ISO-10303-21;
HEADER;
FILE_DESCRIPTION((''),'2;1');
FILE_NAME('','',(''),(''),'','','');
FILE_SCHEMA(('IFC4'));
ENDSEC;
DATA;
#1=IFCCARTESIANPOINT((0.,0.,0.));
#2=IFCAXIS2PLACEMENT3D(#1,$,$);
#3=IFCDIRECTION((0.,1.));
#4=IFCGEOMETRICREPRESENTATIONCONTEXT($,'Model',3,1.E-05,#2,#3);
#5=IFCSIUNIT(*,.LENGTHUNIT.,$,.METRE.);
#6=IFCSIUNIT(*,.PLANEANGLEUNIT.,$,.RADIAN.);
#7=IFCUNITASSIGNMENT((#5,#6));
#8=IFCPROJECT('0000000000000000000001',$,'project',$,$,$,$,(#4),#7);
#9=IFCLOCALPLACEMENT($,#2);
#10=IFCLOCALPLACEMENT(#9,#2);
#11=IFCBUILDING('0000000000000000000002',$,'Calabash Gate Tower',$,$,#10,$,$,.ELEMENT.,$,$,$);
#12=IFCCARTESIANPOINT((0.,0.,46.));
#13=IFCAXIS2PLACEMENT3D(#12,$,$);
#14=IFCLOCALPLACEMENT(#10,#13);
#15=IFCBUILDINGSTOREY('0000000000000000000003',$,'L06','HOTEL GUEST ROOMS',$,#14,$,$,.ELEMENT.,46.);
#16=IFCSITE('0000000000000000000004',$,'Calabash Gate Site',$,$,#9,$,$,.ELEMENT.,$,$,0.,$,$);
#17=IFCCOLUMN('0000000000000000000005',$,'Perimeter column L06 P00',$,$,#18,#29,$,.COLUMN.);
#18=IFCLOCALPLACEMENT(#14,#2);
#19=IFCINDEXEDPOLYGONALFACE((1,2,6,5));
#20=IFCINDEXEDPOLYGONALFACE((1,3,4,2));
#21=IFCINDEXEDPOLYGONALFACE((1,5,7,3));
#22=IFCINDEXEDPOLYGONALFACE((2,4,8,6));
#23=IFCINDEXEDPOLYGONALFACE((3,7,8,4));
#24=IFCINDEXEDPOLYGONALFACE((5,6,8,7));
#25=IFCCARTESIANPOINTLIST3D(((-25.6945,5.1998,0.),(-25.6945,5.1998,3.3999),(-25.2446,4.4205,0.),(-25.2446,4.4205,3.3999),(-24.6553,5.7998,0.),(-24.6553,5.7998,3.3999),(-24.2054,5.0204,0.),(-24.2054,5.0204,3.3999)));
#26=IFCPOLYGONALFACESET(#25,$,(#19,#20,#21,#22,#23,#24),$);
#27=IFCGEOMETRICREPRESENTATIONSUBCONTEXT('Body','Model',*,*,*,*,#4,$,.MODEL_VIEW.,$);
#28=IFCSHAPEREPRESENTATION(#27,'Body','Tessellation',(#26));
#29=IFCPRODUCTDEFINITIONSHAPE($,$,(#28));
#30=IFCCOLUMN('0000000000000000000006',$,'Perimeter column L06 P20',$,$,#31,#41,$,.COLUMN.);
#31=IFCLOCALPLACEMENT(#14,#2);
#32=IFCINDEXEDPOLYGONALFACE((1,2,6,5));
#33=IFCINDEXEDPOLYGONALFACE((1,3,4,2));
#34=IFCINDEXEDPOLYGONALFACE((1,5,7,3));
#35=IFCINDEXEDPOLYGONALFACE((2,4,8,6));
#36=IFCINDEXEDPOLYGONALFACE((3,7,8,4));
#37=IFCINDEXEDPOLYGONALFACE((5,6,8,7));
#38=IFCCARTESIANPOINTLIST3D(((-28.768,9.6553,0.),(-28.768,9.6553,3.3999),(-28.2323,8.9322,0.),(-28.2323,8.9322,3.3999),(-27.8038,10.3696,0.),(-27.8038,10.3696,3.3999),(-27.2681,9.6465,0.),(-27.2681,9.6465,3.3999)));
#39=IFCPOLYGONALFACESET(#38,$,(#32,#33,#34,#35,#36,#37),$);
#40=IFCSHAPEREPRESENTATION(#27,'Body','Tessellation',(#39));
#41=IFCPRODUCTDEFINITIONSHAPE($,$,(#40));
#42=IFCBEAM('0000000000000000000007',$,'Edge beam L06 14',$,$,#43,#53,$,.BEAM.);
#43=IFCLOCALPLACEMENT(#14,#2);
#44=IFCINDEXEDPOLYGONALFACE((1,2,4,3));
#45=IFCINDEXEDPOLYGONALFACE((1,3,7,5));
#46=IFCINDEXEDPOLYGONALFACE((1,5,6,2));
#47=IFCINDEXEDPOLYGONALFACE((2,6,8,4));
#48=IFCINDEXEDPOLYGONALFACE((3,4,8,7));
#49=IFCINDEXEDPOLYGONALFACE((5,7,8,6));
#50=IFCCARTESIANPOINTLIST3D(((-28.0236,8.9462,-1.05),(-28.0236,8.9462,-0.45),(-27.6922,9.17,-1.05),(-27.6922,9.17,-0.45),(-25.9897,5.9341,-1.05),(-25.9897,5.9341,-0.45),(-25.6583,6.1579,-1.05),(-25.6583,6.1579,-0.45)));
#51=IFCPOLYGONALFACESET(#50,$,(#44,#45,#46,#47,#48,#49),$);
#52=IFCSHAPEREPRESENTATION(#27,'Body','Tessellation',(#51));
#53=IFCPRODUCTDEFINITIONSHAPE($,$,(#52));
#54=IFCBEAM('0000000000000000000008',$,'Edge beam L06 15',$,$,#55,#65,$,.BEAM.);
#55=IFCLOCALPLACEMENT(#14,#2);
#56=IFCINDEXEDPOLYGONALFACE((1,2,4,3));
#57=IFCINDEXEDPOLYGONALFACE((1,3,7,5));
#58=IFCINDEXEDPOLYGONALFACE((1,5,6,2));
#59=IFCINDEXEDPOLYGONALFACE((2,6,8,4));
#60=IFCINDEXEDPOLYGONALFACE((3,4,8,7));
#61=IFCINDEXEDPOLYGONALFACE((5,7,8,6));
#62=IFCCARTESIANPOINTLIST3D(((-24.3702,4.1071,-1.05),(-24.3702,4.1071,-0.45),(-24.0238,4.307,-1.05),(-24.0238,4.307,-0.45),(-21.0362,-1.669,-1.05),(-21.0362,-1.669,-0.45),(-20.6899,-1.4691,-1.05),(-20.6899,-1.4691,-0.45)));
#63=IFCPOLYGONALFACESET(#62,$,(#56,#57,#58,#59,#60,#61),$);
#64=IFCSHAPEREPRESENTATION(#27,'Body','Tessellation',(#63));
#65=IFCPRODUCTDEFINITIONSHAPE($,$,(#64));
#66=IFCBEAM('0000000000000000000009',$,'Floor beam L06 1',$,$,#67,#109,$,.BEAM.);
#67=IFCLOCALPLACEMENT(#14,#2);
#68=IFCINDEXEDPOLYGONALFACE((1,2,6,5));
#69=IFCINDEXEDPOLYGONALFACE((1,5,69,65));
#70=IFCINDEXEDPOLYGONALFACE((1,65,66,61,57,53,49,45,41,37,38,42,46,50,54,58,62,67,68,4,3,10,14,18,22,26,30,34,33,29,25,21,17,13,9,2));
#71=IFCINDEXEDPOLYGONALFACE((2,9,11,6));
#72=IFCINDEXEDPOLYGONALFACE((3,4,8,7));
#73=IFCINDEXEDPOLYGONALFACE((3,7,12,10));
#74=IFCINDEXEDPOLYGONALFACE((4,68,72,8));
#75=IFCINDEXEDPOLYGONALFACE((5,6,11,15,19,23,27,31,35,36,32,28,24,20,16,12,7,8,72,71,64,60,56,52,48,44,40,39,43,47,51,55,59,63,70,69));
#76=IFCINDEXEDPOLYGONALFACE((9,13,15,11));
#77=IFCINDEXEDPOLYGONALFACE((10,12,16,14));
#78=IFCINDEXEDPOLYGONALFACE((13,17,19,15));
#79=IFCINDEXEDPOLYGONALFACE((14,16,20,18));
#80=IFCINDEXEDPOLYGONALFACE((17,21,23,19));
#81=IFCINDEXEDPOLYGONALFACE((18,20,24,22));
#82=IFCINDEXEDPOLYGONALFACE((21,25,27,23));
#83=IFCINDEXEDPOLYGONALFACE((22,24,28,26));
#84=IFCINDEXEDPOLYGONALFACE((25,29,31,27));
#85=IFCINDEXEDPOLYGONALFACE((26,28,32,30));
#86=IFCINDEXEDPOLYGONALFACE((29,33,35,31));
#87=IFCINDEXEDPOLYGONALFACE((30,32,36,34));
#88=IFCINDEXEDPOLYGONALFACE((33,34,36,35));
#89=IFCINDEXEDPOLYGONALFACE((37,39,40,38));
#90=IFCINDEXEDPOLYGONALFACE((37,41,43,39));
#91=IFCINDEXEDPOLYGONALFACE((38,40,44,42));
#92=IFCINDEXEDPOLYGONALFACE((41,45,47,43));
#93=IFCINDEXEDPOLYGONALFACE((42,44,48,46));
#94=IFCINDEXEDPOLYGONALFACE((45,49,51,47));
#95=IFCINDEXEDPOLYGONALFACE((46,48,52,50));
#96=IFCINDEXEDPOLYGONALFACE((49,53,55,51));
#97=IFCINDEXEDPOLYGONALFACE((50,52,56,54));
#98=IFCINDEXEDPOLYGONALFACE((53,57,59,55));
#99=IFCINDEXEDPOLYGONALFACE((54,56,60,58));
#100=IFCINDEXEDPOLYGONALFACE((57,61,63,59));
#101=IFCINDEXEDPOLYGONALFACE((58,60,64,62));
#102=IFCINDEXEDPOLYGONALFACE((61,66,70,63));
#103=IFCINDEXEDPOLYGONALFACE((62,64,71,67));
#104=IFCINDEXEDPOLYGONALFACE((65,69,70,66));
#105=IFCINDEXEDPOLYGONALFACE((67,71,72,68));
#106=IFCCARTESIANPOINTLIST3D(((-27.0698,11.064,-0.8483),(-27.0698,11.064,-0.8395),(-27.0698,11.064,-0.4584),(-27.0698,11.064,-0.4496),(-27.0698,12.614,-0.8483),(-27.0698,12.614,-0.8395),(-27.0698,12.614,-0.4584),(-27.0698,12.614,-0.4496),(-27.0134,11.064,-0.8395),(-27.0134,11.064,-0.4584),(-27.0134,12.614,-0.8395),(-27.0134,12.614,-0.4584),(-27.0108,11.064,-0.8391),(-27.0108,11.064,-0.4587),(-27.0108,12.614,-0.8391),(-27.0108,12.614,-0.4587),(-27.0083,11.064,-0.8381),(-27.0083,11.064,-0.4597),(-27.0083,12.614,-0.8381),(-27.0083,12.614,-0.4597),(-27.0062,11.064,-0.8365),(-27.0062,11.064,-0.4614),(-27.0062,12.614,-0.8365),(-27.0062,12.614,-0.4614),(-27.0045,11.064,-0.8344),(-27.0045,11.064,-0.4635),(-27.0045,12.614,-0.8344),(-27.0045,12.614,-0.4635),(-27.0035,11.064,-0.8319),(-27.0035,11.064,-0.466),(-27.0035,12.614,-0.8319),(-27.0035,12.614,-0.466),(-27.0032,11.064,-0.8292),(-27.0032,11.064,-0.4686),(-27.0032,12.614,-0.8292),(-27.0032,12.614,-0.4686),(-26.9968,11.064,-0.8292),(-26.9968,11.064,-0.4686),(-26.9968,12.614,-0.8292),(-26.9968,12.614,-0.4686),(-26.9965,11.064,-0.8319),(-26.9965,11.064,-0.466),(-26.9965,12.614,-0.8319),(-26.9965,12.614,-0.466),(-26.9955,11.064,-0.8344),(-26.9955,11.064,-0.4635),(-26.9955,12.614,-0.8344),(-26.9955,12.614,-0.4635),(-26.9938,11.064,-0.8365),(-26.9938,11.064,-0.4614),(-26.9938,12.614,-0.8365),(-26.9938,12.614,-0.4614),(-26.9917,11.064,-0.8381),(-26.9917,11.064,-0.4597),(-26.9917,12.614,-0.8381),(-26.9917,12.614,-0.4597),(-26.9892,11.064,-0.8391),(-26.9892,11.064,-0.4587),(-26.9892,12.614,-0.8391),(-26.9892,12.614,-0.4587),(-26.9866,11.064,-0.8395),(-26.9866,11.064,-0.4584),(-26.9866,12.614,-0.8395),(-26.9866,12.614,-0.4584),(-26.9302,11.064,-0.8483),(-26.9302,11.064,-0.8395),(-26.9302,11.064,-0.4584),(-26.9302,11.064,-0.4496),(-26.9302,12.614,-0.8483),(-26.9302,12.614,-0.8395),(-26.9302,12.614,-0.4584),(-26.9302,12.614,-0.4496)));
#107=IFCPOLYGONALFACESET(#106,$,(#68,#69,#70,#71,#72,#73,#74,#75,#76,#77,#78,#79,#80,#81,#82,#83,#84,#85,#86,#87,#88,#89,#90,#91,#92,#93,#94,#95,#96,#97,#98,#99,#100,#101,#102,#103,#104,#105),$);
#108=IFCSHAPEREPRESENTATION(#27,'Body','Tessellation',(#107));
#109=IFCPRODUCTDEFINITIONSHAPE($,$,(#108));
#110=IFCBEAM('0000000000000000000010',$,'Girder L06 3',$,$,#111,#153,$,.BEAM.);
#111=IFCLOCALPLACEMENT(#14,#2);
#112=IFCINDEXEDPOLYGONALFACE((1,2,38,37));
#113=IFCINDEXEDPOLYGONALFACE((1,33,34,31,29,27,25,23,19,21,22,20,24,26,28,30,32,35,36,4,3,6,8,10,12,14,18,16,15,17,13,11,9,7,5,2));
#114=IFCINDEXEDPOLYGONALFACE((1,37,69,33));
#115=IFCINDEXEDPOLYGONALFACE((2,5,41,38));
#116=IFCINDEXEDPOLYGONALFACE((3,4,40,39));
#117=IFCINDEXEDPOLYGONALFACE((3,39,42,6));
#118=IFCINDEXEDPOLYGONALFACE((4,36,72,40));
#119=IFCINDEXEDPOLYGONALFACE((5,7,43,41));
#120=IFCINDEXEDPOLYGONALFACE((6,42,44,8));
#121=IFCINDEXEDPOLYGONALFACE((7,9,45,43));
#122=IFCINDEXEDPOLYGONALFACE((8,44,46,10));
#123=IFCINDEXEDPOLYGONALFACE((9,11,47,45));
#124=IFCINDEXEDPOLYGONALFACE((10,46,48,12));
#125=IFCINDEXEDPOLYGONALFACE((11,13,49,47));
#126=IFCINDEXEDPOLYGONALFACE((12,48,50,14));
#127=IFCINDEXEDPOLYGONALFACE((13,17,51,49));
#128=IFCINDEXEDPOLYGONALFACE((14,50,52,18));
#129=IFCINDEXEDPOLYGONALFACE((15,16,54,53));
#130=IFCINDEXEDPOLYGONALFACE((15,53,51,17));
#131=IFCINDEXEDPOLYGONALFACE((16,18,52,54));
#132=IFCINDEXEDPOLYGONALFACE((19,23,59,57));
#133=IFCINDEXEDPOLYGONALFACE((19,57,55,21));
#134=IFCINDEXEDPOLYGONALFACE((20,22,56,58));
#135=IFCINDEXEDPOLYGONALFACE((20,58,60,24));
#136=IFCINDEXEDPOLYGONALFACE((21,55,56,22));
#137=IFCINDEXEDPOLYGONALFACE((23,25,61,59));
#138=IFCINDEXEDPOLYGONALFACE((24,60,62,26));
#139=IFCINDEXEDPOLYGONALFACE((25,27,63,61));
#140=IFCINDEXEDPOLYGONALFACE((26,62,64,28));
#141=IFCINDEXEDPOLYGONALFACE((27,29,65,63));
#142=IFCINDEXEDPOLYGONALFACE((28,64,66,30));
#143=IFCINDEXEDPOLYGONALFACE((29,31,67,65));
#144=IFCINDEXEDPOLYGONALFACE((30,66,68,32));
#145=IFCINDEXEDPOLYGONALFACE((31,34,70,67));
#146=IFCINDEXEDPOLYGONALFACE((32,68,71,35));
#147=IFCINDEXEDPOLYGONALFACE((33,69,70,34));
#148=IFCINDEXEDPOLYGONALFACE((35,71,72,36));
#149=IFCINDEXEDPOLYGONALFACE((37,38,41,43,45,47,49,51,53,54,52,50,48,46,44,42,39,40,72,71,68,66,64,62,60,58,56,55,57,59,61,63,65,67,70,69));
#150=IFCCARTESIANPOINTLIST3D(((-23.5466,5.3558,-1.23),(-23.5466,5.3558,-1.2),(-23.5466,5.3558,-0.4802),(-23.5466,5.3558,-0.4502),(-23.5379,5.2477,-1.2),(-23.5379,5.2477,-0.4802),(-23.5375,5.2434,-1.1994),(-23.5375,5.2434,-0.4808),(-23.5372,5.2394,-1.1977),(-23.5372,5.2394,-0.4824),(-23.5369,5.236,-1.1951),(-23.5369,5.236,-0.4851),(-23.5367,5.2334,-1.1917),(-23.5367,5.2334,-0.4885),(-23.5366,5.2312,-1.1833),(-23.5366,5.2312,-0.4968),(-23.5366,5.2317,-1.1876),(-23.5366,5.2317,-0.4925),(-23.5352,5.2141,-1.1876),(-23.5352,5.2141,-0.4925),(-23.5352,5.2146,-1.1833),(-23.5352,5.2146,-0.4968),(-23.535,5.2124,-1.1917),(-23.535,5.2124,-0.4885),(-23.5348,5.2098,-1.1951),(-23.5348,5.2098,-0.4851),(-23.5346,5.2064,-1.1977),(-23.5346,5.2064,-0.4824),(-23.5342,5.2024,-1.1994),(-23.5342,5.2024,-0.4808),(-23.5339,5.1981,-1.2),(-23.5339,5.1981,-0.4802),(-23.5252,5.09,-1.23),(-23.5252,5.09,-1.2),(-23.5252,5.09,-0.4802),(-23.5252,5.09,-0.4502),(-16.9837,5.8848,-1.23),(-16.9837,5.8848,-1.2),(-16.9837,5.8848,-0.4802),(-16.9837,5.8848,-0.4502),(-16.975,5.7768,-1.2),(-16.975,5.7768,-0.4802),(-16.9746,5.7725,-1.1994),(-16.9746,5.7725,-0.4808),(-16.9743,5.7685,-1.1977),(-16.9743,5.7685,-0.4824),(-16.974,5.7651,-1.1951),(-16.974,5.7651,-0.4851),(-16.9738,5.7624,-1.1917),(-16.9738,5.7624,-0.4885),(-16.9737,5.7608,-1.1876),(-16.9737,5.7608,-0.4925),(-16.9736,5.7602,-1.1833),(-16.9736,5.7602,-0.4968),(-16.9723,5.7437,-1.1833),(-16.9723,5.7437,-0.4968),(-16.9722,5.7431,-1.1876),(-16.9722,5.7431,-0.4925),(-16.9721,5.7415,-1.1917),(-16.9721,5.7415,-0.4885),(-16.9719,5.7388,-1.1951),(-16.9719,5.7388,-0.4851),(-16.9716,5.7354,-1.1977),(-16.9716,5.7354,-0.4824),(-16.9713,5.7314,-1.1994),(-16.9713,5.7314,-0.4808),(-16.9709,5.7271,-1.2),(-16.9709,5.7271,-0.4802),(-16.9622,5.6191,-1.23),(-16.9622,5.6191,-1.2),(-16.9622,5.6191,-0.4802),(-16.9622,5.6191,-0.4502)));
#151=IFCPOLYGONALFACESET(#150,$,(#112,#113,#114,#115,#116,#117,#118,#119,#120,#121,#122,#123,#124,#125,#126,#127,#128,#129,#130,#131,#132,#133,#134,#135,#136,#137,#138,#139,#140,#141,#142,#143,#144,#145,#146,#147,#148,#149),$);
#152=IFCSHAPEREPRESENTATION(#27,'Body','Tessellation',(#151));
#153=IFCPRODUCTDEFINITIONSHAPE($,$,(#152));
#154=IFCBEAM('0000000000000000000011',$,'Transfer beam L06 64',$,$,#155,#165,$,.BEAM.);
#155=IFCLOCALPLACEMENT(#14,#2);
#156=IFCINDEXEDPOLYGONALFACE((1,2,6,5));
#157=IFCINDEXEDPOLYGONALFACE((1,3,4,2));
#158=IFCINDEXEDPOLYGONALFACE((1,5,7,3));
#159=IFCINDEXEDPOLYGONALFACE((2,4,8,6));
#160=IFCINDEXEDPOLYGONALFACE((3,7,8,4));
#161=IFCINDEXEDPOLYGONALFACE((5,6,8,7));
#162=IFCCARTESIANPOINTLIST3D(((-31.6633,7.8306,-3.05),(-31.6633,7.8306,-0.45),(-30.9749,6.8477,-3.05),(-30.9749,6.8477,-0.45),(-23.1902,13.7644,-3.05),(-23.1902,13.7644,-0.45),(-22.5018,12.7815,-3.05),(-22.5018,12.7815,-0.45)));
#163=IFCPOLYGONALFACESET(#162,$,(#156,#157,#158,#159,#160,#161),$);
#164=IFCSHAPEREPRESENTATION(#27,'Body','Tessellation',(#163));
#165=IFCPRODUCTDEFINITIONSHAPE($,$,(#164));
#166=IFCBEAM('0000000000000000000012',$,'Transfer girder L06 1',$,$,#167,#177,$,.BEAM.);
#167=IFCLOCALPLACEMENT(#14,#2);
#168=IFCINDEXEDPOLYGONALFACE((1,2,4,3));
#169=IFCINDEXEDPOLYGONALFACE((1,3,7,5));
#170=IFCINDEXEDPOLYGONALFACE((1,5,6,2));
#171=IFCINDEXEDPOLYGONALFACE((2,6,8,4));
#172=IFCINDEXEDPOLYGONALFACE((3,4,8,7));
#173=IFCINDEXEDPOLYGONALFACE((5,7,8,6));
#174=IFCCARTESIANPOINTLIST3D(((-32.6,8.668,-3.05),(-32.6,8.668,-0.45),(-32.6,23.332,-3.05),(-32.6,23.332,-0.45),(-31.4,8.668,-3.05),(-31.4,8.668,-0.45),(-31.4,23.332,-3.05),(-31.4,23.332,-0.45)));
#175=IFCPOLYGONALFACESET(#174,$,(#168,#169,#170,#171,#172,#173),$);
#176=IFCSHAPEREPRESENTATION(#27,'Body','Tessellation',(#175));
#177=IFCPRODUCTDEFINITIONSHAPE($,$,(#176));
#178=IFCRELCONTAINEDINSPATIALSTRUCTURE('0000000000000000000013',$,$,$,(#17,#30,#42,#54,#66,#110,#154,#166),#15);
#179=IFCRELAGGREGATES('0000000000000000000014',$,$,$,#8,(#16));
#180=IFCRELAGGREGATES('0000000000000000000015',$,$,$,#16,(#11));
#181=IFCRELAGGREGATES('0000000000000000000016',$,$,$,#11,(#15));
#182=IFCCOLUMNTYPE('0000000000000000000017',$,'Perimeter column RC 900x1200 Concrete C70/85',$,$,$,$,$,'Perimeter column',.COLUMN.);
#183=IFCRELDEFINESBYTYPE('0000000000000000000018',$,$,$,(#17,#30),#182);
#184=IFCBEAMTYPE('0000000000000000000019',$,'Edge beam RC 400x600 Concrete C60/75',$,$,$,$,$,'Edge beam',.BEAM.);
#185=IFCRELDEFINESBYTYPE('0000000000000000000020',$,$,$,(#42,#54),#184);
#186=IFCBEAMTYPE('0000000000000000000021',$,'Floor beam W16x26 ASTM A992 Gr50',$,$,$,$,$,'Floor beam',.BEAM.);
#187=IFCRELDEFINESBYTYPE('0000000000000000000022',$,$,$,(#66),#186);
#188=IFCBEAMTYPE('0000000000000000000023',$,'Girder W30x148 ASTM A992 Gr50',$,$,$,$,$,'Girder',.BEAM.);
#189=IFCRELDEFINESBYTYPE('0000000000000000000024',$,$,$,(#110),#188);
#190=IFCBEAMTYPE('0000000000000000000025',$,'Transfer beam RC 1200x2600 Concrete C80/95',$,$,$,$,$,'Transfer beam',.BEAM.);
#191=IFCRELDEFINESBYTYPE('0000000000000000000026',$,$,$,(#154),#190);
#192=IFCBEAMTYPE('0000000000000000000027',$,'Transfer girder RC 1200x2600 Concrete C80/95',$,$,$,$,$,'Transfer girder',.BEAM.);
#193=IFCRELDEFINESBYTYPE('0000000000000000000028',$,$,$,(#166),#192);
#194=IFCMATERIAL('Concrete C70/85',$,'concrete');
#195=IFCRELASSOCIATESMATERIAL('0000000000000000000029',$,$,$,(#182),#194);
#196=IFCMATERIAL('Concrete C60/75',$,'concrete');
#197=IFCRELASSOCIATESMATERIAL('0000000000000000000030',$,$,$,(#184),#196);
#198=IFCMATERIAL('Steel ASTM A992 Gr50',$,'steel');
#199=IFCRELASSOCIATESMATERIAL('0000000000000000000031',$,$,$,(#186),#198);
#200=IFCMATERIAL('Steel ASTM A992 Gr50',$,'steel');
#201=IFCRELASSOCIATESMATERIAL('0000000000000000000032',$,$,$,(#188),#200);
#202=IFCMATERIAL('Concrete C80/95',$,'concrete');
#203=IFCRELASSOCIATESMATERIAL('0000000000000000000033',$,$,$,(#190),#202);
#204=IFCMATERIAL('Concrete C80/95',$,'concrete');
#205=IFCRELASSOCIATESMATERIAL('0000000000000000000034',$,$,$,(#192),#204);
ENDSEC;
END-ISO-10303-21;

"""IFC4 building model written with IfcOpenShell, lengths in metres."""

from ifc_helpers import new_model, si_unit, direction, frame, origin, origin_2d, place, context, subcontext, project, spatial, rectangle, i_section, extrude, material, material_profile, profile_set, type_object, element, save


model = new_model("IFC4")

# Units and contexts
model_context = context("Model", 3, precision=1e-05, world=origin(), true_north=direction((0.0, 1.0)))
body_context = subcontext(model_context, "Body", "Model", "MODEL_VIEW")
ifc_project = project(units=[si_unit("LENGTHUNIT", "METRE"), si_unit("PLANEANGLEUNIT", "RADIAN")], contexts=[model_context])

# Site, building, storey
site_placement = place(None, origin())
site = spatial("IfcSite", under=ifc_project, at=site_placement, Name="Calabash Gate Site", CompositionType="ELEMENT", RefElevation=0.0)
building_placement = place(site_placement, origin())
building = spatial("IfcBuilding", under=site, at=building_placement, Name="Calabash Gate Tower", CompositionType="ELEMENT")
storey_placement = place(building_placement, frame((0.0, 0.0, 46.0)))
storey = spatial("IfcBuildingStorey", under=building, at=storey_placement, Name="L06", Description="HOTEL GUEST ROOMS", CompositionType="ELEMENT", Elevation=46.0)

# Columns
ifc_material_1 = material(Name="Concrete C70/85", Category="concrete")
ifc_material_profile_1 = material_profile(ifc_material_1, rectangle(XDim=0.8999, YDim=1.2, at=origin_2d()))
ifc_profile_set_1 = profile_set([ifc_material_profile_1], Name="Concrete C70/85")
column_type = type_object("IfcColumnType", Name="Perimeter column RC 900x1200 Concrete C70/85", ElementType="Perimeter column", PredefinedType="COLUMN", material=ifc_profile_set_1)
for number, where, z_axis, x_axis, name in (
    (1, (-24.95, 5.1101, 0.0), (0.0, 0.0, 1.0), (0.5, -0.866025, 0.0), "Perimeter column L06 P00"),
    (2, (-28.0181, 9.6509, 0.0), (0.0, 0.0, 1.0), (0.595287, -0.803513, 0.0), "Perimeter column L06 P20"),
):
    element("IfcColumn", number, at=place(storey_placement, frame(where, z_axis=z_axis, x_axis=x_axis)), inside=storey, type_object=column_type, Name=name, PredefinedType="COLUMN", context=body_context, shape_type="SweptSolid", body=[
        extrude(rectangle(XDim=0.8999, YDim=1.2, at=origin_2d()), origin(), (0.0, 0.0, 1.0), 3.3999),
    ])

# Beams
ifc_material_2 = material(Name="Concrete C60/75", Category="concrete")
ifc_material_profile_2 = material_profile(ifc_material_2, rectangle(XDim=0.3999, YDim=0.6001, at=origin_2d()))
ifc_profile_set_2 = profile_set([ifc_material_profile_2], Name="Concrete C60/75")
beam_type_1 = type_object("IfcBeamType", Name="Edge beam RC 400x600 Concrete C60/75", ElementType="Edge beam", PredefinedType="BEAM", material=ifc_profile_set_2)
beam_1_placement = place(storey_placement, frame((-27.8579, 9.0581, -0.75), z_axis=(0.559604, -0.82876, 0.0), x_axis=(0.82876, 0.559604, 0.0)))
element("IfcBeam", 3, at=beam_1_placement, inside=storey, type_object=beam_type_1, Name="Edge beam L06 14", PredefinedType="BEAM", context=body_context, shape_type="SweptSolid", body=[
    extrude(rectangle(XDim=0.3999, YDim=0.6001, at=origin_2d()), origin(), (0.0, 0.0, 1.0), 3.6345),
])
beam_2_placement = place(storey_placement, frame((-24.197, 4.207, -0.75), z_axis=(0.499903, -0.866081, 0.0), x_axis=(0.866081, 0.499903, 0.0)))
element("IfcBeam", 4, at=beam_2_placement, inside=storey, type_object=beam_type_1, Name="Edge beam L06 15", PredefinedType="BEAM", context=body_context, shape_type="SweptSolid", body=[
    extrude(rectangle(XDim=0.3999, YDim=0.6001, at=origin_2d()), origin(), (0.0, 0.0, 1.0), 6.6692),
])
ifc_material_3 = material(Name="Steel ASTM A992 Gr50", Category="steel")
ifc_material_profile_3 = material_profile(ifc_material_3, i_section(OverallWidth=0.1396, OverallDepth=0.3987, WebThickness=0.0063, FlangeThickness=0.0088, FilletRadius=0.0103, at=origin_2d()))
ifc_profile_set_3 = profile_set([ifc_material_profile_3], Name="Steel ASTM A992 Gr50")
beam_type_2 = type_object("IfcBeamType", Name="Floor beam W16x26 ASTM A992 Gr50", ElementType="Floor beam", PredefinedType="BEAM", material=ifc_profile_set_3)
beam_3_placement = place(storey_placement, frame((-27.0, 11.064, -0.6489), z_axis=(0.0, 1.0, 0.0), x_axis=(-1.0, 0.0, 0.0)))
element("IfcBeam", 5, at=beam_3_placement, inside=storey, type_object=beam_type_2, Name="Floor beam L06 1", PredefinedType="BEAM", context=body_context, shape_type="SweptSolid", body=[
    extrude(i_section(OverallWidth=0.1396, OverallDepth=0.3987, WebThickness=0.0063, FlangeThickness=0.0088, FilletRadius=0.0103, at=origin_2d()), origin(), (0.0, 0.0, 1.0), 1.55),
])
ifc_material_4 = material(Name="Steel ASTM A992 Gr50", Category="steel")
ifc_material_profile_4 = material_profile(ifc_material_4, i_section(OverallWidth=0.2666, OverallDepth=0.7798, WebThickness=0.0166, FlangeThickness=0.03, FilletRadius=0.0166, at=origin_2d()))
ifc_profile_set_4 = profile_set([ifc_material_profile_4], Name="Steel ASTM A992 Gr50")
beam_type_3 = type_object("IfcBeamType", Name="Girder W30x148 ASTM A992 Gr50", ElementType="Girder", PredefinedType="BEAM", material=ifc_profile_set_4)
beam_4_placement = place(storey_placement, frame((-23.5359, 5.2229, -0.8401), z_axis=(0.996767, 0.080351, 0.0), x_axis=(-0.080351, 0.996767, 0.0)))
element("IfcBeam", 6, at=beam_4_placement, inside=storey, type_object=beam_type_3, Name="Girder L06 3", PredefinedType="BEAM", context=body_context, shape_type="SweptSolid", body=[
    extrude(i_section(OverallWidth=0.2666, OverallDepth=0.7798, WebThickness=0.0166, FlangeThickness=0.03, FilletRadius=0.0166, at=origin_2d()), origin(), (0.0, 0.0, 1.0), 6.5842),
])
ifc_material_5 = material(Name="Concrete C80/95", Category="concrete")
ifc_material_profile_5 = material_profile(ifc_material_5, rectangle(XDim=1.2, YDim=2.6001, at=origin_2d()))
ifc_profile_set_5 = profile_set([ifc_material_profile_5], Name="Concrete C80/95")
beam_type_4 = type_object("IfcBeamType", Name="Transfer beam RC 1200x2600 Concrete C80/95", ElementType="Transfer beam", PredefinedType="BEAM", material=ifc_profile_set_5)
beam_5_placement = place(storey_placement, frame((-31.3191, 7.3391, -1.75), z_axis=(0.819112, 0.573633, 0.0), x_axis=(-0.573633, 0.819112, 0.0)))
element("IfcBeam", 7, at=beam_5_placement, inside=storey, type_object=beam_type_4, Name="Transfer beam L06 64", PredefinedType="BEAM", context=body_context, shape_type="SweptSolid", body=[
    extrude(rectangle(XDim=1.2, YDim=2.6001, at=origin_2d()), origin(), (0.0, 0.0, 1.0), 10.3442),
])
ifc_material_6 = material(Name="Concrete C80/95", Category="concrete")
ifc_material_profile_6 = material_profile(ifc_material_6, rectangle(XDim=1.2, YDim=2.6001, at=origin_2d()))
ifc_profile_set_6 = profile_set([ifc_material_profile_6], Name="Concrete C80/95")
beam_type_5 = type_object("IfcBeamType", Name="Transfer girder RC 1200x2600 Concrete C80/95", ElementType="Transfer girder", PredefinedType="BEAM", material=ifc_profile_set_6)
beam_6_placement = place(storey_placement, frame((-32.0, 8.668, -1.75), z_axis=(0.0, 1.0, 0.0), x_axis=(-1.0, 0.0, 0.0)))
element("IfcBeam", 8, at=beam_6_placement, inside=storey, type_object=beam_type_5, Name="Transfer girder L06 1", PredefinedType="BEAM", context=body_context, shape_type="SweptSolid", body=[
    extrude(rectangle(XDim=1.2, YDim=2.6001, at=origin_2d()), origin(), (0.0, 0.0, 1.0), 14.6641),
])

save(model, "model.ifc")
